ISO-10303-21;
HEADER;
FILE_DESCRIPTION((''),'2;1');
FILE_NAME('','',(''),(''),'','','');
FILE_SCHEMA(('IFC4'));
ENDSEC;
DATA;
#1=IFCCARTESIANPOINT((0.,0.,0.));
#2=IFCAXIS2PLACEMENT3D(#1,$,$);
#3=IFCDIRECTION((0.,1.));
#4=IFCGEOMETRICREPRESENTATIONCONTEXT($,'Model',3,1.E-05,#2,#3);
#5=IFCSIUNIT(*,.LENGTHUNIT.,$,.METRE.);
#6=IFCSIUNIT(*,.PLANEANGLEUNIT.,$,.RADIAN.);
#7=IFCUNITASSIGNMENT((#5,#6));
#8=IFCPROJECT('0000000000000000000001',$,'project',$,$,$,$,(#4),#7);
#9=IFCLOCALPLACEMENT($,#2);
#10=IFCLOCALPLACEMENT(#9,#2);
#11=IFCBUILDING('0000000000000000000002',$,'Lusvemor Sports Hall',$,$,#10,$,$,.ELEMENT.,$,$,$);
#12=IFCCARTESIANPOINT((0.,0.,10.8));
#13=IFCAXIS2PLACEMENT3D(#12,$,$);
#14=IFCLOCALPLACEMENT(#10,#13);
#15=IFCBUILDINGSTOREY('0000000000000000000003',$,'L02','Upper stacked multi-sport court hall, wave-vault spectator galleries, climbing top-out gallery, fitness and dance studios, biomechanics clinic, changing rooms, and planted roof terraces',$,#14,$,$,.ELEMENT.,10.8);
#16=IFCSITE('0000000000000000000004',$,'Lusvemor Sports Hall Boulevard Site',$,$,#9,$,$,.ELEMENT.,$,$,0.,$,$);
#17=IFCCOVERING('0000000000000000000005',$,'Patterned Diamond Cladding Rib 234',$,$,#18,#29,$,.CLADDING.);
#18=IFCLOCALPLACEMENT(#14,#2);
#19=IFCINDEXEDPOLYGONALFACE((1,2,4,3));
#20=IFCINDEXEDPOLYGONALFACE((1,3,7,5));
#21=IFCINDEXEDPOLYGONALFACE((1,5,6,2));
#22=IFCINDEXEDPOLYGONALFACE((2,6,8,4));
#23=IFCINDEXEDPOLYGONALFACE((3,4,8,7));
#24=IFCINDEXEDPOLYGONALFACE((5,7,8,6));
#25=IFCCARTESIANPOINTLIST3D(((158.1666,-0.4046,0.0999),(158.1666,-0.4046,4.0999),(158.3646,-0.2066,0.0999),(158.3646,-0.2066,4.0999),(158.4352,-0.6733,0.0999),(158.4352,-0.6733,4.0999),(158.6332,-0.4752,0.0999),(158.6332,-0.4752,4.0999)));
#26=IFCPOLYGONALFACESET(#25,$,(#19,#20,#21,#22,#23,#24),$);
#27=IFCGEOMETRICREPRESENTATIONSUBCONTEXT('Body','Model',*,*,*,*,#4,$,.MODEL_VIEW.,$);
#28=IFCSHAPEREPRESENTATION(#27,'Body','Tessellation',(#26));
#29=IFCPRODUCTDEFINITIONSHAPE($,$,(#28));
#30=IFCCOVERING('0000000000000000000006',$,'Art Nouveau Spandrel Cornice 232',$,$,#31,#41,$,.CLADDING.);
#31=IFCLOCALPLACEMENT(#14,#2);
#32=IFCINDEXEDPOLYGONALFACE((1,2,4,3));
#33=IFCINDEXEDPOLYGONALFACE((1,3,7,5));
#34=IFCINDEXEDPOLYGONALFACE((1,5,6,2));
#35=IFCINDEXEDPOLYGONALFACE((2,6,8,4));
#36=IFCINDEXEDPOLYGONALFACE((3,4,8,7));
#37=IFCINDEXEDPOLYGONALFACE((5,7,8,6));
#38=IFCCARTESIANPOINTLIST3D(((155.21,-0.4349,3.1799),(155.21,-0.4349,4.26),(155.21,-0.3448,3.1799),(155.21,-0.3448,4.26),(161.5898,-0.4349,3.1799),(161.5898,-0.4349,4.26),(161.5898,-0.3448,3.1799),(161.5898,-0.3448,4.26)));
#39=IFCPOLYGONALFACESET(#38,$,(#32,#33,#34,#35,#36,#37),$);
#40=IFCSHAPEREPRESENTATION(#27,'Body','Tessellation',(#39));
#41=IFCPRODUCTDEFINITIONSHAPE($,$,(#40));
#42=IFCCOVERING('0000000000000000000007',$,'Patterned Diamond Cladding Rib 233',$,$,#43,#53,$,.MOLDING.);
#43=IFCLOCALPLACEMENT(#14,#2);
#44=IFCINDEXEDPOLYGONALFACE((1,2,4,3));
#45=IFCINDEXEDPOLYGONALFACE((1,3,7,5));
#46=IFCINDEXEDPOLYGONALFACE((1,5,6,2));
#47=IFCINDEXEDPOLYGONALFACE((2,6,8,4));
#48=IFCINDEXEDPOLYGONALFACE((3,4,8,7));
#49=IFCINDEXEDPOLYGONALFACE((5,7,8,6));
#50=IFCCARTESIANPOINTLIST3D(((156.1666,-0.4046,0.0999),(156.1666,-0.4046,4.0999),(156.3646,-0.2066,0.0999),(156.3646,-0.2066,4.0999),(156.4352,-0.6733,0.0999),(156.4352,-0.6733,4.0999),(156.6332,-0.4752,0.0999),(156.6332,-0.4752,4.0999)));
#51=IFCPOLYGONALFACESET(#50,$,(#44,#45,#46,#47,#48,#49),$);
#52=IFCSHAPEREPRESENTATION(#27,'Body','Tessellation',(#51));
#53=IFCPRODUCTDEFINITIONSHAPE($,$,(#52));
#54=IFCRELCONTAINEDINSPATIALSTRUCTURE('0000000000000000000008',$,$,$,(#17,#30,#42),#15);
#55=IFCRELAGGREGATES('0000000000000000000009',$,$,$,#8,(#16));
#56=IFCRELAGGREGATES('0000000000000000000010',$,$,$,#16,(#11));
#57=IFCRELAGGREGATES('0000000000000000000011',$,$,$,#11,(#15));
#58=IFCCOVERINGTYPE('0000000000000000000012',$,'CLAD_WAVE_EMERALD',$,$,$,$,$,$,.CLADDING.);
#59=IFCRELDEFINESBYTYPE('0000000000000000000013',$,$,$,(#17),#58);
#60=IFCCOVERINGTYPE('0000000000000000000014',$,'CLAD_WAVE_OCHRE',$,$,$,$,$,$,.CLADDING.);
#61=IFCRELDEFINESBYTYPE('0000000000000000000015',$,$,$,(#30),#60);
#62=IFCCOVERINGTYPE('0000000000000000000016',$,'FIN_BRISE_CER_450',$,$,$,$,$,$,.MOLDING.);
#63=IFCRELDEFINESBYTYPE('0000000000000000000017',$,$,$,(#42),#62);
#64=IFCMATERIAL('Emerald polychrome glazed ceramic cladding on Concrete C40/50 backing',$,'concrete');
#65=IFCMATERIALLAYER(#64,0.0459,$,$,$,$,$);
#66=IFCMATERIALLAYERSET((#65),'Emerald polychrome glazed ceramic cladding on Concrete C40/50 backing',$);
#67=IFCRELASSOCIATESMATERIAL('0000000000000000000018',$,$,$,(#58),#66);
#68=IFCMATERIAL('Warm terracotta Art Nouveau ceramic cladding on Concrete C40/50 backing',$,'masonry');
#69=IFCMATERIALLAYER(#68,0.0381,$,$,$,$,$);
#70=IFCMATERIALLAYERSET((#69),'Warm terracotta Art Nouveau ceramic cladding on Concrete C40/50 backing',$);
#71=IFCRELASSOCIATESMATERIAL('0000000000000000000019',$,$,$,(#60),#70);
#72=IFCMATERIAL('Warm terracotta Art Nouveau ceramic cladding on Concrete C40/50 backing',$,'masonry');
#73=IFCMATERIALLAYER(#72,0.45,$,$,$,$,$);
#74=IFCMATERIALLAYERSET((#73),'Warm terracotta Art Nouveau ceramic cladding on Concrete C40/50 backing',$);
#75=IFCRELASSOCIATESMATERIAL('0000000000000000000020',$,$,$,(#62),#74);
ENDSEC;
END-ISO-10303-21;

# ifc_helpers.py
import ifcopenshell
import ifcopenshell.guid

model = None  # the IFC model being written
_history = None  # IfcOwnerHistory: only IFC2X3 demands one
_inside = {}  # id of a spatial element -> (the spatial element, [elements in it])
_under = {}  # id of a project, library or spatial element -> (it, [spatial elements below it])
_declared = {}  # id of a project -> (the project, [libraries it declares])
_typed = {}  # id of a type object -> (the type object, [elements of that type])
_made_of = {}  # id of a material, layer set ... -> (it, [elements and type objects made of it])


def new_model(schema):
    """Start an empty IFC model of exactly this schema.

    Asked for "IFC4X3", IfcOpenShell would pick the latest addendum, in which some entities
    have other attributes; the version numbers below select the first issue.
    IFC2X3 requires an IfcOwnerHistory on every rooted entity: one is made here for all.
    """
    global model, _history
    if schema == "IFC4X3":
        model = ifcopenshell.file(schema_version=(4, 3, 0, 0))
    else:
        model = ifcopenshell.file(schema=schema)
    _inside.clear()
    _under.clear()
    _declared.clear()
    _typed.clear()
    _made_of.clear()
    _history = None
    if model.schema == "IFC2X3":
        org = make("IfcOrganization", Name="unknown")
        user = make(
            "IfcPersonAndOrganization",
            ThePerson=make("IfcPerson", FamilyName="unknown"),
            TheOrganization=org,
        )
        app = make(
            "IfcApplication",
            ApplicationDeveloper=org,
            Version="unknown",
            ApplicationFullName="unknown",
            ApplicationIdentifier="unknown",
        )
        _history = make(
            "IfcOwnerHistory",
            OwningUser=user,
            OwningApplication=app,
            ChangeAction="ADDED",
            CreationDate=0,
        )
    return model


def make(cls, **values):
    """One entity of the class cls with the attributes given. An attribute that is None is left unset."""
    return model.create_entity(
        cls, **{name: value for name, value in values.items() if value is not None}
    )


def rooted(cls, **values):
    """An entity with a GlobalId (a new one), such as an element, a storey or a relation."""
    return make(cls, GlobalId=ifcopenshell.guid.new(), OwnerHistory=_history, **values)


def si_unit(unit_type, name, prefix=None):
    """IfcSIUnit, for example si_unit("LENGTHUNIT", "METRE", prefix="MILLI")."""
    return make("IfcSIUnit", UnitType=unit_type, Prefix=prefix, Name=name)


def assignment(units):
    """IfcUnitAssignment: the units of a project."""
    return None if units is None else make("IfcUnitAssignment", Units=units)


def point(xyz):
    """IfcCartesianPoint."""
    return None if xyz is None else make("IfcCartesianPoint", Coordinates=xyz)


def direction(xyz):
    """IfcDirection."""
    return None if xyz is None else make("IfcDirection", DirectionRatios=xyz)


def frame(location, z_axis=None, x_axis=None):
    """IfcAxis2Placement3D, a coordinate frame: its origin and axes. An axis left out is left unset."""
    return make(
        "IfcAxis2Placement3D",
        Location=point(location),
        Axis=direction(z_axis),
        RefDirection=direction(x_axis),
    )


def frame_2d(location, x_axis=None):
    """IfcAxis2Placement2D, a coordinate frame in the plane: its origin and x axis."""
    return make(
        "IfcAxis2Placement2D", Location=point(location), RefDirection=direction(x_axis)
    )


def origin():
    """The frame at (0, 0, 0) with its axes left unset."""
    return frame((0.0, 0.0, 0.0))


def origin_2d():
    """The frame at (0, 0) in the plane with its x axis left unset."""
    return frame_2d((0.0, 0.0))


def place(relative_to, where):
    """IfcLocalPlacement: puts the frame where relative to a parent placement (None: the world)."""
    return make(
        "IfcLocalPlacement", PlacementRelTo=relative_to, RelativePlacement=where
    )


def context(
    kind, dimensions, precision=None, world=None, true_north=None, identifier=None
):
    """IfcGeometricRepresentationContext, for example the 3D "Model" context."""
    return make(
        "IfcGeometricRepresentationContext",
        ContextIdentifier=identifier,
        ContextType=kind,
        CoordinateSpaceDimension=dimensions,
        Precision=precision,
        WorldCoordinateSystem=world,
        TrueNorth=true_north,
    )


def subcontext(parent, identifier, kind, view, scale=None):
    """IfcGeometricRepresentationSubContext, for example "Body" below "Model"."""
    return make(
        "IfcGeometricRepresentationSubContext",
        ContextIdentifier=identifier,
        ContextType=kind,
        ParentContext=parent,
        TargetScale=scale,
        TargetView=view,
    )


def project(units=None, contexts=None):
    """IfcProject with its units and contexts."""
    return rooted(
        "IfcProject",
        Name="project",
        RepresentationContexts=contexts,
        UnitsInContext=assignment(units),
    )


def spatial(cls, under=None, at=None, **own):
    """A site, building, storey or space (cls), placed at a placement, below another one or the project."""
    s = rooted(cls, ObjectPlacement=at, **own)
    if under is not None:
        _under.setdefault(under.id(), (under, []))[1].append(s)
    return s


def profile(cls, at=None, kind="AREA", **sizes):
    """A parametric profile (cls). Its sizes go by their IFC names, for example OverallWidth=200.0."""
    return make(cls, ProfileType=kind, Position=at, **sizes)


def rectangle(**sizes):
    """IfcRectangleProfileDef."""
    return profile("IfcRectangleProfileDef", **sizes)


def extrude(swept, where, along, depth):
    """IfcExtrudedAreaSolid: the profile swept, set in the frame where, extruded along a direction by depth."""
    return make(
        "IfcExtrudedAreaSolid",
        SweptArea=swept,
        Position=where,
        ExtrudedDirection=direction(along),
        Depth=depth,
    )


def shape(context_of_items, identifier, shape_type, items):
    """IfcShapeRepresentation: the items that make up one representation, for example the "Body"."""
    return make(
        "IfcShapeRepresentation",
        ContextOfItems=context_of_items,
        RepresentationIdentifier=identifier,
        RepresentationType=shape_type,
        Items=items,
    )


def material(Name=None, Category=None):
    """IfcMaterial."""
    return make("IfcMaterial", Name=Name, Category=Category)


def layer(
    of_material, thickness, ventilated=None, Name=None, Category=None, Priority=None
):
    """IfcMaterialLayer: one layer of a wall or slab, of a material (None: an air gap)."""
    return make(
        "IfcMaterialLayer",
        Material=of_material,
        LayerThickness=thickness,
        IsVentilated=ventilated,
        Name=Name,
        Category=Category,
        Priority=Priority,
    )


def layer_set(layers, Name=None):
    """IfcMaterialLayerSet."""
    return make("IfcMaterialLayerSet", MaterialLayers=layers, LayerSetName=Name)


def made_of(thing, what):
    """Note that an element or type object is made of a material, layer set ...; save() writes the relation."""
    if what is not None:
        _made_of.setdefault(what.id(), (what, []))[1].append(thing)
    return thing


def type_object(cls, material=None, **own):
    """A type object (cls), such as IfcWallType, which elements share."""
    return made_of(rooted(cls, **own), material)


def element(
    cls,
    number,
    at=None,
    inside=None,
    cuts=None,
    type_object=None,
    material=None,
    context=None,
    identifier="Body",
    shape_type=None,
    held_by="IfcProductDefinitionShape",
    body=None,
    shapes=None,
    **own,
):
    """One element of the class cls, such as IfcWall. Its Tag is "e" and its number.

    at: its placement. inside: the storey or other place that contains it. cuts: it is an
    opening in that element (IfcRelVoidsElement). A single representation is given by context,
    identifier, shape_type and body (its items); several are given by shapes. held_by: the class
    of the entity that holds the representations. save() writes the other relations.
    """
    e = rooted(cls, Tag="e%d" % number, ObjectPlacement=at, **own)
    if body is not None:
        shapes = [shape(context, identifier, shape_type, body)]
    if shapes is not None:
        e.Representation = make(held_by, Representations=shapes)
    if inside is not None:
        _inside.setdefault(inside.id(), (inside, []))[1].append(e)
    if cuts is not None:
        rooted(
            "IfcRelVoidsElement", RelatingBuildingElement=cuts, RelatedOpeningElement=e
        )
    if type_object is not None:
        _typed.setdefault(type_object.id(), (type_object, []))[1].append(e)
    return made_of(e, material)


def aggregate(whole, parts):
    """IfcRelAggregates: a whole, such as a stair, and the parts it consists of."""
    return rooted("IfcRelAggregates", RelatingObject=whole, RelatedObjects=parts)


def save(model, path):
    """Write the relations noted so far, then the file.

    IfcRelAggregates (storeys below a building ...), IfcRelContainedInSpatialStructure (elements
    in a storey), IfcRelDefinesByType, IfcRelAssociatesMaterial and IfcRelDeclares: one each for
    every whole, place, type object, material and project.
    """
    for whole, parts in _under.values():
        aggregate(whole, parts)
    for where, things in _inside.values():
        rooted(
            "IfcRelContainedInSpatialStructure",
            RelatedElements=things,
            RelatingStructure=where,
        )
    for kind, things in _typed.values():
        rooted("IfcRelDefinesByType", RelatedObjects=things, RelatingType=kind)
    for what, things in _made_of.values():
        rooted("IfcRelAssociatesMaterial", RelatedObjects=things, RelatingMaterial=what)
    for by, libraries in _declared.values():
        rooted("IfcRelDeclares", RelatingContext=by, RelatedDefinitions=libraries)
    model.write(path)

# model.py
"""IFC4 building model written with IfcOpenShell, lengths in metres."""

from ifc_helpers import new_model, si_unit, direction, frame, origin, origin_2d, place, context, subcontext, project, spatial, rectangle, extrude, material, layer, layer_set, type_object, element, save


model = new_model("IFC4")

# Units and contexts
model_context = context("Model", 3, precision=1e-05, world=origin(), true_north=direction((0.0, 1.0)))
body_context = subcontext(model_context, "Body", "Model", "MODEL_VIEW")
ifc_project = project(units=[si_unit("LENGTHUNIT", "METRE"), si_unit("PLANEANGLEUNIT", "RADIAN")], contexts=[model_context])

# Site, building, storey
site_placement = place(None, origin())
site = spatial("IfcSite", under=ifc_project, at=site_placement, Name="Lusvemor Sports Hall Boulevard Site", CompositionType="ELEMENT", RefElevation=0.0)
building_placement = place(site_placement, origin())
building = spatial("IfcBuilding", under=site, at=building_placement, Name="Lusvemor Sports Hall", CompositionType="ELEMENT")
storey_placement = place(building_placement, frame((0.0, 0.0, 10.8)))
storey = spatial("IfcBuildingStorey", under=building, at=storey_placement, Name="L02", Description="Upper stacked multi-sport court hall, wave-vault spectator galleries, climbing top-out gallery, fitness and dance studios, biomechanics clinic, changing rooms, and planted roof terraces", CompositionType="ELEMENT", Elevation=10.8)

# Coverings
ifc_material_1 = material(Name="Emerald polychrome glazed ceramic cladding on Concrete C40/50 backing", Category="concrete")
ifc_layer_1 = layer(ifc_material_1, 0.0459)
ifc_layer_set_1 = layer_set([ifc_layer_1], Name="Emerald polychrome glazed ceramic cladding on Concrete C40/50 backing")
covering_type_1 = type_object("IfcCoveringType", Name="CLAD_WAVE_EMERALD", PredefinedType="CLADDING", material=ifc_layer_set_1)
covering_1_placement = place(storey_placement, frame((158.3999, -0.4399, 0.0999), z_axis=(0.0, 0.0, 1.0), x_axis=(0.707107, 0.707107, 0.0)))
element("IfcCovering", 1, at=covering_1_placement, inside=storey, type_object=covering_type_1, Name="Patterned Diamond Cladding Rib 234", PredefinedType="CLADDING", context=body_context, shape_type="SweptSolid", body=[
    extrude(rectangle(XDim=0.28, YDim=0.3799, at=origin_2d()), origin(), (0.0, 0.0, 1.0), 4.0),
])
ifc_material_2 = material(Name="Warm terracotta Art Nouveau ceramic cladding on Concrete C40/50 backing", Category="masonry")
ifc_layer_2 = layer(ifc_material_2, 0.0381)
ifc_layer_set_2 = layer_set([ifc_layer_2], Name="Warm terracotta Art Nouveau ceramic cladding on Concrete C40/50 backing")
covering_type_2 = type_object("IfcCoveringType", Name="CLAD_WAVE_OCHRE", PredefinedType="CLADDING", material=ifc_layer_set_2)
covering_2_placement = place(storey_placement, frame((158.3999, -0.3899, 3.1799), z_axis=(0.0, 0.0, 1.0), x_axis=(1.0, 0.0, 0.0)))
element("IfcCovering", 2, at=covering_2_placement, inside=storey, type_object=covering_type_2, Name="Art Nouveau Spandrel Cornice 232", PredefinedType="CLADDING", context=body_context, shape_type="SweptSolid", body=[
    extrude(rectangle(XDim=6.3799, YDim=0.0901, at=origin_2d()), origin(), (0.0, 0.0, 1.0), 1.0801),
])
ifc_material_3 = material(Name="Warm terracotta Art Nouveau ceramic cladding on Concrete C40/50 backing", Category="masonry")
ifc_layer_3 = layer(ifc_material_3, 0.45)
ifc_layer_set_3 = layer_set([ifc_layer_3], Name="Warm terracotta Art Nouveau ceramic cladding on Concrete C40/50 backing")
covering_type_3 = type_object("IfcCoveringType", Name="FIN_BRISE_CER_450", PredefinedType="MOLDING", material=ifc_layer_set_3)
covering_3_placement = place(storey_placement, frame((156.3999, -0.4399, 0.0999), z_axis=(0.0, 0.0, 1.0), x_axis=(0.707107, 0.707107, 0.0)))
element("IfcCovering", 3, at=covering_3_placement, inside=storey, type_object=covering_type_3, Name="Patterned Diamond Cladding Rib 233", PredefinedType="MOLDING", context=body_context, shape_type="SweptSolid", body=[
    extrude(rectangle(XDim=0.28, YDim=0.3799, at=origin_2d()), origin(), (0.0, 0.0, 1.0), 4.0),
])

save(model, "model.ifc")
